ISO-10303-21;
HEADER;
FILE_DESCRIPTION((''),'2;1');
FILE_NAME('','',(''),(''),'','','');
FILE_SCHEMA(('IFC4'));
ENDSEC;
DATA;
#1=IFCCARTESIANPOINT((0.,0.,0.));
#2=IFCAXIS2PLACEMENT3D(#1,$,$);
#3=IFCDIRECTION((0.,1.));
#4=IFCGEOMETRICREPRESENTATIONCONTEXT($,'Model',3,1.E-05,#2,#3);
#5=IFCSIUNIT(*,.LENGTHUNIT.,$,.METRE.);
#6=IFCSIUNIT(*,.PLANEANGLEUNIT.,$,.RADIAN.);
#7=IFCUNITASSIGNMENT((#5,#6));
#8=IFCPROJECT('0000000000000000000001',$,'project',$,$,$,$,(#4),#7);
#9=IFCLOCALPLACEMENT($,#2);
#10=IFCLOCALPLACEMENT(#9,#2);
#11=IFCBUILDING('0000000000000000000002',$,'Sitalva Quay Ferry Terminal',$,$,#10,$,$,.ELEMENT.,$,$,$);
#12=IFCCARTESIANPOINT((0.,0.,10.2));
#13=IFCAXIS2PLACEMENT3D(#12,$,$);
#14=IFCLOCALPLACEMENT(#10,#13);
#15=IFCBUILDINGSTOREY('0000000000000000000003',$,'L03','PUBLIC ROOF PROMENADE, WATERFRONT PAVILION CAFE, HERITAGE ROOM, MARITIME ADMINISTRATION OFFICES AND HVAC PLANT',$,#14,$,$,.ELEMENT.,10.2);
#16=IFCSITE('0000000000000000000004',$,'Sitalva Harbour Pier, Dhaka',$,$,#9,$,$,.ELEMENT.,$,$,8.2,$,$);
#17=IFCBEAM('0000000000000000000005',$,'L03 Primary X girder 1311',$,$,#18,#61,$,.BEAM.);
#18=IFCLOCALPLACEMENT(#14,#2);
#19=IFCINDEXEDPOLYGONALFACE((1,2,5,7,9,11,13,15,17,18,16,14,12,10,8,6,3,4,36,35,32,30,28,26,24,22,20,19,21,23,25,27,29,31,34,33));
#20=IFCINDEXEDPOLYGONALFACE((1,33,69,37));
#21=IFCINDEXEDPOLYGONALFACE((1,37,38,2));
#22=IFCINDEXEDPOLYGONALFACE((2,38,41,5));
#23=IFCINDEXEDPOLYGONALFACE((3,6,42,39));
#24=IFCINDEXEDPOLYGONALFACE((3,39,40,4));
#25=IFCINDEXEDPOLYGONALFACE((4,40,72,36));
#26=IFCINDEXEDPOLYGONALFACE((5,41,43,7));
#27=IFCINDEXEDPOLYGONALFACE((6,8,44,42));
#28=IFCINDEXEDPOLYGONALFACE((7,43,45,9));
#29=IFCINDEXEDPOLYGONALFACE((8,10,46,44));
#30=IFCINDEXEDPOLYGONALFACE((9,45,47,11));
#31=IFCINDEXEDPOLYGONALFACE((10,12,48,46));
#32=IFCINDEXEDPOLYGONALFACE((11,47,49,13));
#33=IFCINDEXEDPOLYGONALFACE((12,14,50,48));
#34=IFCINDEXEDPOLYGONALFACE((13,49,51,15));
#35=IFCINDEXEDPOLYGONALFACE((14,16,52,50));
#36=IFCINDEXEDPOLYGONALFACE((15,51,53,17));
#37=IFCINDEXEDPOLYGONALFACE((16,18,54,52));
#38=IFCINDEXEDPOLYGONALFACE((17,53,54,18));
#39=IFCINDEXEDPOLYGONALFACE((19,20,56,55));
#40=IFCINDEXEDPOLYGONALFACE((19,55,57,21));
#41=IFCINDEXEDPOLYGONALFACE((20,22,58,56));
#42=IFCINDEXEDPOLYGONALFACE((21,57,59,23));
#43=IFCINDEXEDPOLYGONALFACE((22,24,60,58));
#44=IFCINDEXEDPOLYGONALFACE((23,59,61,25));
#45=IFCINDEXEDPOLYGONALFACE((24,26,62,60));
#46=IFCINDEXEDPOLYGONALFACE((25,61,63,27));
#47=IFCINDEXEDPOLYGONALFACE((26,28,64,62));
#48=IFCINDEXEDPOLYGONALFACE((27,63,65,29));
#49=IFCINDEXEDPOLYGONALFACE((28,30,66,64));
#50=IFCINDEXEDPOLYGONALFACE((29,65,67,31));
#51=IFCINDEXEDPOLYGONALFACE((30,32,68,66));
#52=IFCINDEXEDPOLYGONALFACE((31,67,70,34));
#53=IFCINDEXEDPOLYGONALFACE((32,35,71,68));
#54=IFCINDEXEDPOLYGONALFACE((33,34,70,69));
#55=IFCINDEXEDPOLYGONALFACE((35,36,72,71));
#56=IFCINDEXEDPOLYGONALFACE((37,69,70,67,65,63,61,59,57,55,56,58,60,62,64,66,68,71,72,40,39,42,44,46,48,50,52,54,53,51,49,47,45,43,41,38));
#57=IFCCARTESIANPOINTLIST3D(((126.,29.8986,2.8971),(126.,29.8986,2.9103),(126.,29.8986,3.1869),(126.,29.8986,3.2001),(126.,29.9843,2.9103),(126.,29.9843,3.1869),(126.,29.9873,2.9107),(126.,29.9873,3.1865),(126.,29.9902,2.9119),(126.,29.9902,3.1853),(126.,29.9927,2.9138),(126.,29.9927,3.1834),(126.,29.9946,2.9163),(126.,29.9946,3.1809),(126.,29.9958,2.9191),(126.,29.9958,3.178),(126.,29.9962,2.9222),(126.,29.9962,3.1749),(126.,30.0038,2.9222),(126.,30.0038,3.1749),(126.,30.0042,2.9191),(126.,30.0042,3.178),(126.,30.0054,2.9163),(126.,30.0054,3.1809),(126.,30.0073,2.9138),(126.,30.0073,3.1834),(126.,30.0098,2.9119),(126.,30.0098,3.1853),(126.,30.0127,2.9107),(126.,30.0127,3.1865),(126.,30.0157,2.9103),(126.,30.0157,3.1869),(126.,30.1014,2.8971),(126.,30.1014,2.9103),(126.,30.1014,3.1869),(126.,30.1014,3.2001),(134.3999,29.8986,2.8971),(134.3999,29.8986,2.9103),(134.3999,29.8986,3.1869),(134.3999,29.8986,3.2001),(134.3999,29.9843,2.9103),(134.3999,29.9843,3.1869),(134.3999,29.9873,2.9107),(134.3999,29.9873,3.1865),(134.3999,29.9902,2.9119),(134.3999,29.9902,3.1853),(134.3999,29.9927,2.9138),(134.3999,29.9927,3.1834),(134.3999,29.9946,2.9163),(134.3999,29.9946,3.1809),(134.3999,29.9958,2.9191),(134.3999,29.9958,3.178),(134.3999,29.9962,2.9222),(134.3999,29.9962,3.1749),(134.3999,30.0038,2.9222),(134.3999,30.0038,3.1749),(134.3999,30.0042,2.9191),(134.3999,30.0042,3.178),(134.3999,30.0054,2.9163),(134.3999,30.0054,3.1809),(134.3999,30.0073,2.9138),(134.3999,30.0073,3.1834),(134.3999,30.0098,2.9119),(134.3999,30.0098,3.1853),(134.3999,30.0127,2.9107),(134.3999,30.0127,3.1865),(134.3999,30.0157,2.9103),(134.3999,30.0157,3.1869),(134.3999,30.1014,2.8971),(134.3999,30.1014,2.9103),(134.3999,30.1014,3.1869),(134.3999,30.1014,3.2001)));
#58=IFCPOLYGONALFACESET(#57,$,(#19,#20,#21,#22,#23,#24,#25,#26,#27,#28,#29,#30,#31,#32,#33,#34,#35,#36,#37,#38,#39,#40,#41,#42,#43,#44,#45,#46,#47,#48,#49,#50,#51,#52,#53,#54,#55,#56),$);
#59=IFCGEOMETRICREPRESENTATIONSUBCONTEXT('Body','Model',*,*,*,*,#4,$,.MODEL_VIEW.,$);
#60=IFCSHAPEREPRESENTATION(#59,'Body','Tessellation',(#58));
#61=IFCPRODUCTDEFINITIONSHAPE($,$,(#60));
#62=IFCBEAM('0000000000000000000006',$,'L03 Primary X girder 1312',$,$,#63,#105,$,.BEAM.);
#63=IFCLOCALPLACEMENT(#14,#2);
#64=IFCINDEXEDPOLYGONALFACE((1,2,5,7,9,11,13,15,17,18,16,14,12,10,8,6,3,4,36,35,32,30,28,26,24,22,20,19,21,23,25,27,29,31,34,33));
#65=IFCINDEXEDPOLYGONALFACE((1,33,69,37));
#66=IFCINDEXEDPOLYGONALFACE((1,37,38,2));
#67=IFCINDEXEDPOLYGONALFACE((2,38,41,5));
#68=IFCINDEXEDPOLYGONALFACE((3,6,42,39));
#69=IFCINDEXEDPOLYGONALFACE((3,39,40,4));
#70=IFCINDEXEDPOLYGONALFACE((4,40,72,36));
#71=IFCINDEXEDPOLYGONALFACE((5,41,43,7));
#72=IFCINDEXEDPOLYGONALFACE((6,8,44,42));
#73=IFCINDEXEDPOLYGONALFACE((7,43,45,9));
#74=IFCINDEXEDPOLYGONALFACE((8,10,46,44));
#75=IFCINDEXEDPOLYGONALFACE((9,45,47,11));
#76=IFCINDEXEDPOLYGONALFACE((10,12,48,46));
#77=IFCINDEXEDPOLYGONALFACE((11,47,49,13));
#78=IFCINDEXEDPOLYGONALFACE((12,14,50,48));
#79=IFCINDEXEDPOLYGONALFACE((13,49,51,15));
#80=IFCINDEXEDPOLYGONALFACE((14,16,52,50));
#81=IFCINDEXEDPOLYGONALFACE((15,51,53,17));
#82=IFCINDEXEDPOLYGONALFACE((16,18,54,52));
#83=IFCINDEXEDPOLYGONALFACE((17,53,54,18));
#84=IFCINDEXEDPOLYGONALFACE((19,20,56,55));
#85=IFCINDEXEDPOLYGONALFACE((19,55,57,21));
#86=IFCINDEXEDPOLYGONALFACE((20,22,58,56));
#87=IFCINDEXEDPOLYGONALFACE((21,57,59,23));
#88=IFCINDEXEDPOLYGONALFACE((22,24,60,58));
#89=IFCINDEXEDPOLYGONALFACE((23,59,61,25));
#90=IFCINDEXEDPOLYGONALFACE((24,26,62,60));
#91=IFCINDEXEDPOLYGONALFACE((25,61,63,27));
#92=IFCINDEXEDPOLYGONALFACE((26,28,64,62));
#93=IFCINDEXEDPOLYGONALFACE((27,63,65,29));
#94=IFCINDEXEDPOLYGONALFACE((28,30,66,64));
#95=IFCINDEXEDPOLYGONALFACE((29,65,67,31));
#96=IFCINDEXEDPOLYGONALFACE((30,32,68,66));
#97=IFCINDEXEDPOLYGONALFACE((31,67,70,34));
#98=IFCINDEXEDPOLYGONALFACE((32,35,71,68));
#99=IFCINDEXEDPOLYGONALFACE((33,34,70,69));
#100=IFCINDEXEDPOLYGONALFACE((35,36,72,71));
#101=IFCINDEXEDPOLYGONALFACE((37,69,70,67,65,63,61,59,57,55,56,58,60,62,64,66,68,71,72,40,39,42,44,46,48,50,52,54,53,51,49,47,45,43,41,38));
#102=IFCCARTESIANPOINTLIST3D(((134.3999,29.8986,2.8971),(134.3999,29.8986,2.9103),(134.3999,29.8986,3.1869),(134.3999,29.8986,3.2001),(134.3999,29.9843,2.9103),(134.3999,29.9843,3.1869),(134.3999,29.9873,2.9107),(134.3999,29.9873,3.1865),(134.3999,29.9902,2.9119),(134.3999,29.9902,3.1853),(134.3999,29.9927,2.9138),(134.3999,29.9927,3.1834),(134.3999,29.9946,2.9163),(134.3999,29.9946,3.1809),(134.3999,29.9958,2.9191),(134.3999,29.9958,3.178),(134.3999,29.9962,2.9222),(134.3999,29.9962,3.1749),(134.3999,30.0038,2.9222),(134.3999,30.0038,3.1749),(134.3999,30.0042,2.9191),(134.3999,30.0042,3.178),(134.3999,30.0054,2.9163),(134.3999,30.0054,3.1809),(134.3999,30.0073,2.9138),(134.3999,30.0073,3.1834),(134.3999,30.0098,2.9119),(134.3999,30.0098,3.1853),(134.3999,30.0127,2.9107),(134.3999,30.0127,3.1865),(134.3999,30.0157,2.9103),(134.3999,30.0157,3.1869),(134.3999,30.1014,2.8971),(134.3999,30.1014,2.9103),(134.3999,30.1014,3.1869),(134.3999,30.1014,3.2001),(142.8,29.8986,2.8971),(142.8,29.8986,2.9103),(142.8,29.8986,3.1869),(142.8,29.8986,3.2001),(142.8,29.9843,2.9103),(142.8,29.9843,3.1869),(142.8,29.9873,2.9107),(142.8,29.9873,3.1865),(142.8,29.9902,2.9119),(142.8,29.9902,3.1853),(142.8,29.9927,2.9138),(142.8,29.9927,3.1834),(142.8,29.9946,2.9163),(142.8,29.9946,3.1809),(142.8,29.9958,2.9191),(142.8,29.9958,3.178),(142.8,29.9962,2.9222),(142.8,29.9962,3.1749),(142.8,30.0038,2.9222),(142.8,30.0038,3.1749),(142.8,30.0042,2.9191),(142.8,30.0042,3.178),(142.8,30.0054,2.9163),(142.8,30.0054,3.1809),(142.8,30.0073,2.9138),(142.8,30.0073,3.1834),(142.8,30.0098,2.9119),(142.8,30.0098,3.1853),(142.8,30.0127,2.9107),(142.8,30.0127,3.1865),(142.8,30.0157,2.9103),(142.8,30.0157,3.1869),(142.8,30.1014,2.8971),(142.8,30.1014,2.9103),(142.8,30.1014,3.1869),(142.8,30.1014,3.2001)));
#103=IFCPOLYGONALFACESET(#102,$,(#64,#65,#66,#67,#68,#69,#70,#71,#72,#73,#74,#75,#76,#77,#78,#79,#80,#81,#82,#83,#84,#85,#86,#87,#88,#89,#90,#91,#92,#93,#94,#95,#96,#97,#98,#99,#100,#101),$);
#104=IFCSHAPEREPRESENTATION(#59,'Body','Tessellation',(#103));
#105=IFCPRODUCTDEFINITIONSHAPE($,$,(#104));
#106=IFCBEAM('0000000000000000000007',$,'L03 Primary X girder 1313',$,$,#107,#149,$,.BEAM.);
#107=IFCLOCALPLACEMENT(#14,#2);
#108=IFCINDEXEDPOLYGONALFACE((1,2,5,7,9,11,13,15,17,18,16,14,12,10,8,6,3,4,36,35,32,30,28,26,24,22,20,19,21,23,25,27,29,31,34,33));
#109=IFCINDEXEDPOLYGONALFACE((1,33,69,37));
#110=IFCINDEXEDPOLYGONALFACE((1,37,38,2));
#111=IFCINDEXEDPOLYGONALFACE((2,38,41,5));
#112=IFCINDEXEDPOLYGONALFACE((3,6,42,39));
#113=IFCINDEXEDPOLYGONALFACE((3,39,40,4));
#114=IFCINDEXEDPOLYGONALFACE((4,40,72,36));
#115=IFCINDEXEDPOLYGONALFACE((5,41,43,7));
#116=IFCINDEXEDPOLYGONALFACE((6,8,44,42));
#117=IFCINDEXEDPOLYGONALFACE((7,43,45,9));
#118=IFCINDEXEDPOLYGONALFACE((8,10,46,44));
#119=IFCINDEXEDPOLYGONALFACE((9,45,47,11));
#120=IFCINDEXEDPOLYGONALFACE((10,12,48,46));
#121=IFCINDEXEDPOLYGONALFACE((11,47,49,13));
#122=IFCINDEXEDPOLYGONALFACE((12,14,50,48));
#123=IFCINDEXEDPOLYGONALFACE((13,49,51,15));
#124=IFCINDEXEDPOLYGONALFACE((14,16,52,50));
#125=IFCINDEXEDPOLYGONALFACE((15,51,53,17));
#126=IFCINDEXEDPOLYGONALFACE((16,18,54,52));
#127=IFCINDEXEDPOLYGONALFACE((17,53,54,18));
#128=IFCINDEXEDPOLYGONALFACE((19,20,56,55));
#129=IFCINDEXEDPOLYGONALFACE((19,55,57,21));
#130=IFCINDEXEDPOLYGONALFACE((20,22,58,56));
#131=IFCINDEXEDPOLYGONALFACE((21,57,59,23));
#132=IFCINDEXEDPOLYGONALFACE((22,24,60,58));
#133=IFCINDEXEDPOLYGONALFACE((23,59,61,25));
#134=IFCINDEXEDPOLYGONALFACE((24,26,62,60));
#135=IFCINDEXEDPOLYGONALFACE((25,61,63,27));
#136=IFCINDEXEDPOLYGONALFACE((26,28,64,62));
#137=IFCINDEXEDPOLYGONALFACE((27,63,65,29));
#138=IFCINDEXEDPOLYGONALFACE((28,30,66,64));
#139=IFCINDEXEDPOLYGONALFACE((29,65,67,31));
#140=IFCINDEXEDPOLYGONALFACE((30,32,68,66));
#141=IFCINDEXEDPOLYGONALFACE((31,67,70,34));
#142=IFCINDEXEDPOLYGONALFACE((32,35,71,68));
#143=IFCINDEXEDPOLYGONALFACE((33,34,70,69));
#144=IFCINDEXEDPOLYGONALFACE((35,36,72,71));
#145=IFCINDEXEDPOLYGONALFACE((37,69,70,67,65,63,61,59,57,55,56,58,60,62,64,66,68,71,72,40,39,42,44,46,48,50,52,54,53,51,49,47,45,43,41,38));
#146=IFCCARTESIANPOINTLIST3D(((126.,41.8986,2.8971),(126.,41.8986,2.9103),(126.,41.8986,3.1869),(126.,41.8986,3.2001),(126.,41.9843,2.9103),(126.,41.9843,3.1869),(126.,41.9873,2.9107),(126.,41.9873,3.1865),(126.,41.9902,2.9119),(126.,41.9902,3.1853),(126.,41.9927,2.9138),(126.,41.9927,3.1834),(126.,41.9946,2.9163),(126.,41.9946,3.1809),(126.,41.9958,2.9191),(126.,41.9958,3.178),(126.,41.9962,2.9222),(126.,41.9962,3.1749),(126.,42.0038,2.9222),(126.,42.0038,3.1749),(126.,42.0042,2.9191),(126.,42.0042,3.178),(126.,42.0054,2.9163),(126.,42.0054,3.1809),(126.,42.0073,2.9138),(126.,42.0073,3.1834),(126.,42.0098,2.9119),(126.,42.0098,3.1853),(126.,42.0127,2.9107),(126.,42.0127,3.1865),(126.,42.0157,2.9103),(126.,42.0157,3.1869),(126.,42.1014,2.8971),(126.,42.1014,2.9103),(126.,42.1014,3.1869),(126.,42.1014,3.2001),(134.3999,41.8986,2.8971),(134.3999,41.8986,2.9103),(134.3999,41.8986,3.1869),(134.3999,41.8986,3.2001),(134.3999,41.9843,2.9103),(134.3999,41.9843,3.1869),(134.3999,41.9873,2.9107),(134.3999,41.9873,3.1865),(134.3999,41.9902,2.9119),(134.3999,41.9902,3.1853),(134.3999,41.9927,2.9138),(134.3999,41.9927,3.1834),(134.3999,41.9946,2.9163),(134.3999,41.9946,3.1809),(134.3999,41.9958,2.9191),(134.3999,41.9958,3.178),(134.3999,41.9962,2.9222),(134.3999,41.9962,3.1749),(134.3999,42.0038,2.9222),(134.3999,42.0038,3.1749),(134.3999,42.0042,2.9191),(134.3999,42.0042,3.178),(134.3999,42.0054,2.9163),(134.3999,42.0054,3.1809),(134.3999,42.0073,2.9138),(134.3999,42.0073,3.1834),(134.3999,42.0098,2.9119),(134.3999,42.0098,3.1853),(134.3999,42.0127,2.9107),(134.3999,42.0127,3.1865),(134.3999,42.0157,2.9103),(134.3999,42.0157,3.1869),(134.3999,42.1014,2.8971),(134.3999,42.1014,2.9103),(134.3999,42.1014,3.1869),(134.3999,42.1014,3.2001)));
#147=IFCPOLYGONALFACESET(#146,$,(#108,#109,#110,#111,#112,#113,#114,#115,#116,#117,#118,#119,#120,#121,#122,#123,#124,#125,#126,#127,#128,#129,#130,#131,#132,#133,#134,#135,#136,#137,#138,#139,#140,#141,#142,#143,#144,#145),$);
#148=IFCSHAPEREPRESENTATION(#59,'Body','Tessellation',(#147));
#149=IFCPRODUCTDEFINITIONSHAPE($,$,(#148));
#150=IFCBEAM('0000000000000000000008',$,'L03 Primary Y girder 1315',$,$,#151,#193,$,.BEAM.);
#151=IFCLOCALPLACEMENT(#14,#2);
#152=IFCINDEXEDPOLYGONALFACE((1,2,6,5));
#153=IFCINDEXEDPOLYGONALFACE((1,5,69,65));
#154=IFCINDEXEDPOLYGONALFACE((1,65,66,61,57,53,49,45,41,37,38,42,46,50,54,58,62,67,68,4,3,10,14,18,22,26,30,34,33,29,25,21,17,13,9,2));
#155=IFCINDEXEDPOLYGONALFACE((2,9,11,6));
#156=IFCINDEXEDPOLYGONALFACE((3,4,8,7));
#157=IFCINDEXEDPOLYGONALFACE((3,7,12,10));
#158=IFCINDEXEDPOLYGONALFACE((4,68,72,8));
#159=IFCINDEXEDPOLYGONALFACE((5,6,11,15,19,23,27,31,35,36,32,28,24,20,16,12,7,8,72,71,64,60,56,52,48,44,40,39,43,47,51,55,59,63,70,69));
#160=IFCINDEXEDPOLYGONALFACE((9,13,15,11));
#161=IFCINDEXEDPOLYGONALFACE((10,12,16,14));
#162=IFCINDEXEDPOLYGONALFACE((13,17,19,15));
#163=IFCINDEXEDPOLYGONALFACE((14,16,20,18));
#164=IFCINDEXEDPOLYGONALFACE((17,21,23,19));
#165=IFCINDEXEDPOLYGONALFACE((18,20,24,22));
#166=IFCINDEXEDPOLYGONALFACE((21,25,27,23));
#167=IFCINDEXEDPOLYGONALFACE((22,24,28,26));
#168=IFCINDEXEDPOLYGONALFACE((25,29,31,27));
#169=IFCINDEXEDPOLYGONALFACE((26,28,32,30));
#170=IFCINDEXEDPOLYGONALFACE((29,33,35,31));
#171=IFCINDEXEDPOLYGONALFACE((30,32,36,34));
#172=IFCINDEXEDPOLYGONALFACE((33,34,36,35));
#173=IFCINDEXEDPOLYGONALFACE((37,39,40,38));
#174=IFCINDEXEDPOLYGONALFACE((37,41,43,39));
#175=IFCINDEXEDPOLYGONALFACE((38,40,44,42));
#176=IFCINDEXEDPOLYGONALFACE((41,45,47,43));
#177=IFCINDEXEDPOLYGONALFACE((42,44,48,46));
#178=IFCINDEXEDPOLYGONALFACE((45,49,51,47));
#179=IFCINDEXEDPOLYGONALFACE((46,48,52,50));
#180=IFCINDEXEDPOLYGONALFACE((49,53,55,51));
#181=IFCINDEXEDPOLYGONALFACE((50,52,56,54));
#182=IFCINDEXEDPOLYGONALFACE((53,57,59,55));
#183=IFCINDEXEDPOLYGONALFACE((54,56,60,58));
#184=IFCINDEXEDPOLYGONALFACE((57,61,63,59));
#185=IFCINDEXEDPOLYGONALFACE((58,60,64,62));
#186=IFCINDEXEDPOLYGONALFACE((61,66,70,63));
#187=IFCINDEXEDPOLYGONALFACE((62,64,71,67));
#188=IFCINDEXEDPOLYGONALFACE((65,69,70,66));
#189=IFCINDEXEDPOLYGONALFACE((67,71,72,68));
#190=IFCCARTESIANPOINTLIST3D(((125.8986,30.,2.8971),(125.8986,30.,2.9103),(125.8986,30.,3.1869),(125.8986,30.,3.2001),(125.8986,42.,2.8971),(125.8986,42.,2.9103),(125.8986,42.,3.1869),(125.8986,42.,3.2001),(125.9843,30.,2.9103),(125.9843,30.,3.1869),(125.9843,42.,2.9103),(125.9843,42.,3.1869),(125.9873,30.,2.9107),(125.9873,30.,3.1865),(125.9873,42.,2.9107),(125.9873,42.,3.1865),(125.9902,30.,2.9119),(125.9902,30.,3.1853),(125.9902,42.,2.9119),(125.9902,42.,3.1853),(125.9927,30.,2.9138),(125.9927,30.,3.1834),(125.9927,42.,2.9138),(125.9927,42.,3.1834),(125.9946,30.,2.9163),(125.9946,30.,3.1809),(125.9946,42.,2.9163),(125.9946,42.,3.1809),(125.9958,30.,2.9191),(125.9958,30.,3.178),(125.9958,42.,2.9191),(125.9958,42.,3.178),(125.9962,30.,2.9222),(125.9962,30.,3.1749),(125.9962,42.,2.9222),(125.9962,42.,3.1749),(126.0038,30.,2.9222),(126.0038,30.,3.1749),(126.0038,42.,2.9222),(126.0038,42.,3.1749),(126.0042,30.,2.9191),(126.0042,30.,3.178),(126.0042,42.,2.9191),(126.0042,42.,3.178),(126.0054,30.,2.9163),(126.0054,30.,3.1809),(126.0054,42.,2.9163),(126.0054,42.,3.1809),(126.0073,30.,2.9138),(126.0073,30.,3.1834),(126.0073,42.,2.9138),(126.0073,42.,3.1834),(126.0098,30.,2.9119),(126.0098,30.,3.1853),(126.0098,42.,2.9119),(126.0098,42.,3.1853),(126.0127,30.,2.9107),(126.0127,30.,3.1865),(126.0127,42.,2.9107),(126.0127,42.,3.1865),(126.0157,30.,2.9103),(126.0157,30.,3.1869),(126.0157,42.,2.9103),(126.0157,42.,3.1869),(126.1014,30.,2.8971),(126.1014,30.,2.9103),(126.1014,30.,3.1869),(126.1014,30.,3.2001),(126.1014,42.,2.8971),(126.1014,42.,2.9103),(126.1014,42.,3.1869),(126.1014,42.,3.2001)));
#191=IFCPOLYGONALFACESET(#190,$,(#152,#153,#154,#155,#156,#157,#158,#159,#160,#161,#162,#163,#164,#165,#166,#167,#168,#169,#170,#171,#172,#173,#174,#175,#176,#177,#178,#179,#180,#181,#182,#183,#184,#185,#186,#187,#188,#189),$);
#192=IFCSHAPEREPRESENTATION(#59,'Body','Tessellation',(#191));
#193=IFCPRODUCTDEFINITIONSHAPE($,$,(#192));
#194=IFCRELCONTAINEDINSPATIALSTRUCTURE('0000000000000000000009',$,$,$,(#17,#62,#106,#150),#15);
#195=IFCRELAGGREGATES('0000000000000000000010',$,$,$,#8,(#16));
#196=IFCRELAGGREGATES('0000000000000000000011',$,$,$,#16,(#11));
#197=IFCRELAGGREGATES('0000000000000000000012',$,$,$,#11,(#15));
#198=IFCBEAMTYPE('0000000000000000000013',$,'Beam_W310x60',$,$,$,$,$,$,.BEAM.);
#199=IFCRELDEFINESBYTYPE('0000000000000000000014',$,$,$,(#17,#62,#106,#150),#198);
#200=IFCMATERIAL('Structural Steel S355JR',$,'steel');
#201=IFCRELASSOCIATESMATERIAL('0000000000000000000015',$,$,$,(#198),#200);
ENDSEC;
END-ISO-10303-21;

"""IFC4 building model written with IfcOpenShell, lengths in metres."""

from ifc_helpers import new_model, si_unit, direction, frame, origin, origin_2d, place, context, subcontext, project, spatial, i_section, extrude, material, material_profile, profile_set, type_object, element, save


model = new_model("IFC4")

# Units and contexts
model_context = context("Model", 3, precision=1e-05, world=origin(), true_north=direction((0.0, 1.0)))
body_context = subcontext(model_context, "Body", "Model", "MODEL_VIEW")
ifc_project = project(units=[si_unit("LENGTHUNIT", "METRE"), si_unit("PLANEANGLEUNIT", "RADIAN")], contexts=[model_context])

# Site, building, storey
site_placement = place(None, origin())
site = spatial("IfcSite", under=ifc_project, at=site_placement, Name="Sitalva Harbour Pier, Dhaka", CompositionType="ELEMENT", RefElevation=8.2)
building_placement = place(site_placement, origin())
building = spatial("IfcBuilding", under=site, at=building_placement, Name="Sitalva Quay Ferry Terminal", CompositionType="ELEMENT")
storey_placement = place(building_placement, frame((0.0, 0.0, 10.2)))
storey = spatial("IfcBuildingStorey", under=building, at=storey_placement, Name="L03", Description="PUBLIC ROOF PROMENADE, WATERFRONT PAVILION CAFE, HERITAGE ROOM, MARITIME ADMINISTRATION OFFICES AND HVAC PLANT", CompositionType="ELEMENT", Elevation=10.2)

# Beams
ifc_material_1 = material(Name="Structural Steel S355JR", Category="steel")
ifc_material_profile_1 = material_profile(ifc_material_1, i_section(OverallWidth=0.2029, OverallDepth=0.303, WebThickness=0.0076, FlangeThickness=0.0132, FilletRadius=0.012, at=origin_2d()), Name="W310x60")
ifc_profile_set_1 = profile_set([ifc_material_profile_1], Name="Structural Steel S355JR")
beam_type = type_object("IfcBeamType", Name="Beam_W310x60", PredefinedType="BEAM", material=ifc_profile_set_1)
beam_1_placement = place(storey_placement, frame((126.0, 30.0, 3.0486), z_axis=(1.0, 0.0, 0.0), x_axis=(0.0, 1.0, 0.0)))
element("IfcBeam", 1, at=beam_1_placement, inside=storey, type_object=beam_type, Name="L03 Primary X girder 1311", PredefinedType="BEAM", context=body_context, shape_type="SweptSolid", body=[
    extrude(i_section(OverallWidth=0.2029, OverallDepth=0.303, WebThickness=0.0076, FlangeThickness=0.0132, FilletRadius=0.012, at=origin_2d()), origin(), (0.0, 0.0, 1.0), 8.3999),
])
beam_2_placement = place(storey_placement, frame((134.3999, 30.0, 3.0486), z_axis=(1.0, 0.0, 0.0), x_axis=(0.0, 1.0, 0.0)))
element("IfcBeam", 2, at=beam_2_placement, inside=storey, type_object=beam_type, Name="L03 Primary X girder 1312", PredefinedType="BEAM", context=body_context, shape_type="SweptSolid", body=[
    extrude(i_section(OverallWidth=0.2029, OverallDepth=0.303, WebThickness=0.0076, FlangeThickness=0.0132, FilletRadius=0.012, at=origin_2d()), origin(), (0.0, 0.0, 1.0), 8.4001),
])
beam_3_placement = place(storey_placement, frame((126.0, 42.0, 3.0486), z_axis=(1.0, 0.0, 0.0), x_axis=(0.0, 1.0, 0.0)))
element("IfcBeam", 3, at=beam_3_placement, inside=storey, type_object=beam_type, Name="L03 Primary X girder 1313", PredefinedType="BEAM", context=body_context, shape_type="SweptSolid", body=[
    extrude(i_section(OverallWidth=0.2029, OverallDepth=0.303, WebThickness=0.0076, FlangeThickness=0.0132, FilletRadius=0.012, at=origin_2d()), origin(), (0.0, 0.0, 1.0), 8.3999),
])
for number, where, z_axis, x_axis, name in (
    (4, (126.0, 30.0, 3.0486), (0.0, 1.0, 0.0), (-1.0, 0.0, 0.0), "L03 Primary Y girder 1315"),
):
    element("IfcBeam", number, at=place(storey_placement, frame(where, z_axis=z_axis, x_axis=x_axis)), inside=storey, type_object=beam_type, Name=name, PredefinedType="BEAM", context=body_context, shape_type="SweptSolid", body=[
        extrude(i_section(OverallWidth=0.2029, OverallDepth=0.303, WebThickness=0.0076, FlangeThickness=0.0132, FilletRadius=0.012, at=origin_2d()), origin(), (0.0, 0.0, 1.0), 12.0),
    ])

save(model, "model.ifc")
